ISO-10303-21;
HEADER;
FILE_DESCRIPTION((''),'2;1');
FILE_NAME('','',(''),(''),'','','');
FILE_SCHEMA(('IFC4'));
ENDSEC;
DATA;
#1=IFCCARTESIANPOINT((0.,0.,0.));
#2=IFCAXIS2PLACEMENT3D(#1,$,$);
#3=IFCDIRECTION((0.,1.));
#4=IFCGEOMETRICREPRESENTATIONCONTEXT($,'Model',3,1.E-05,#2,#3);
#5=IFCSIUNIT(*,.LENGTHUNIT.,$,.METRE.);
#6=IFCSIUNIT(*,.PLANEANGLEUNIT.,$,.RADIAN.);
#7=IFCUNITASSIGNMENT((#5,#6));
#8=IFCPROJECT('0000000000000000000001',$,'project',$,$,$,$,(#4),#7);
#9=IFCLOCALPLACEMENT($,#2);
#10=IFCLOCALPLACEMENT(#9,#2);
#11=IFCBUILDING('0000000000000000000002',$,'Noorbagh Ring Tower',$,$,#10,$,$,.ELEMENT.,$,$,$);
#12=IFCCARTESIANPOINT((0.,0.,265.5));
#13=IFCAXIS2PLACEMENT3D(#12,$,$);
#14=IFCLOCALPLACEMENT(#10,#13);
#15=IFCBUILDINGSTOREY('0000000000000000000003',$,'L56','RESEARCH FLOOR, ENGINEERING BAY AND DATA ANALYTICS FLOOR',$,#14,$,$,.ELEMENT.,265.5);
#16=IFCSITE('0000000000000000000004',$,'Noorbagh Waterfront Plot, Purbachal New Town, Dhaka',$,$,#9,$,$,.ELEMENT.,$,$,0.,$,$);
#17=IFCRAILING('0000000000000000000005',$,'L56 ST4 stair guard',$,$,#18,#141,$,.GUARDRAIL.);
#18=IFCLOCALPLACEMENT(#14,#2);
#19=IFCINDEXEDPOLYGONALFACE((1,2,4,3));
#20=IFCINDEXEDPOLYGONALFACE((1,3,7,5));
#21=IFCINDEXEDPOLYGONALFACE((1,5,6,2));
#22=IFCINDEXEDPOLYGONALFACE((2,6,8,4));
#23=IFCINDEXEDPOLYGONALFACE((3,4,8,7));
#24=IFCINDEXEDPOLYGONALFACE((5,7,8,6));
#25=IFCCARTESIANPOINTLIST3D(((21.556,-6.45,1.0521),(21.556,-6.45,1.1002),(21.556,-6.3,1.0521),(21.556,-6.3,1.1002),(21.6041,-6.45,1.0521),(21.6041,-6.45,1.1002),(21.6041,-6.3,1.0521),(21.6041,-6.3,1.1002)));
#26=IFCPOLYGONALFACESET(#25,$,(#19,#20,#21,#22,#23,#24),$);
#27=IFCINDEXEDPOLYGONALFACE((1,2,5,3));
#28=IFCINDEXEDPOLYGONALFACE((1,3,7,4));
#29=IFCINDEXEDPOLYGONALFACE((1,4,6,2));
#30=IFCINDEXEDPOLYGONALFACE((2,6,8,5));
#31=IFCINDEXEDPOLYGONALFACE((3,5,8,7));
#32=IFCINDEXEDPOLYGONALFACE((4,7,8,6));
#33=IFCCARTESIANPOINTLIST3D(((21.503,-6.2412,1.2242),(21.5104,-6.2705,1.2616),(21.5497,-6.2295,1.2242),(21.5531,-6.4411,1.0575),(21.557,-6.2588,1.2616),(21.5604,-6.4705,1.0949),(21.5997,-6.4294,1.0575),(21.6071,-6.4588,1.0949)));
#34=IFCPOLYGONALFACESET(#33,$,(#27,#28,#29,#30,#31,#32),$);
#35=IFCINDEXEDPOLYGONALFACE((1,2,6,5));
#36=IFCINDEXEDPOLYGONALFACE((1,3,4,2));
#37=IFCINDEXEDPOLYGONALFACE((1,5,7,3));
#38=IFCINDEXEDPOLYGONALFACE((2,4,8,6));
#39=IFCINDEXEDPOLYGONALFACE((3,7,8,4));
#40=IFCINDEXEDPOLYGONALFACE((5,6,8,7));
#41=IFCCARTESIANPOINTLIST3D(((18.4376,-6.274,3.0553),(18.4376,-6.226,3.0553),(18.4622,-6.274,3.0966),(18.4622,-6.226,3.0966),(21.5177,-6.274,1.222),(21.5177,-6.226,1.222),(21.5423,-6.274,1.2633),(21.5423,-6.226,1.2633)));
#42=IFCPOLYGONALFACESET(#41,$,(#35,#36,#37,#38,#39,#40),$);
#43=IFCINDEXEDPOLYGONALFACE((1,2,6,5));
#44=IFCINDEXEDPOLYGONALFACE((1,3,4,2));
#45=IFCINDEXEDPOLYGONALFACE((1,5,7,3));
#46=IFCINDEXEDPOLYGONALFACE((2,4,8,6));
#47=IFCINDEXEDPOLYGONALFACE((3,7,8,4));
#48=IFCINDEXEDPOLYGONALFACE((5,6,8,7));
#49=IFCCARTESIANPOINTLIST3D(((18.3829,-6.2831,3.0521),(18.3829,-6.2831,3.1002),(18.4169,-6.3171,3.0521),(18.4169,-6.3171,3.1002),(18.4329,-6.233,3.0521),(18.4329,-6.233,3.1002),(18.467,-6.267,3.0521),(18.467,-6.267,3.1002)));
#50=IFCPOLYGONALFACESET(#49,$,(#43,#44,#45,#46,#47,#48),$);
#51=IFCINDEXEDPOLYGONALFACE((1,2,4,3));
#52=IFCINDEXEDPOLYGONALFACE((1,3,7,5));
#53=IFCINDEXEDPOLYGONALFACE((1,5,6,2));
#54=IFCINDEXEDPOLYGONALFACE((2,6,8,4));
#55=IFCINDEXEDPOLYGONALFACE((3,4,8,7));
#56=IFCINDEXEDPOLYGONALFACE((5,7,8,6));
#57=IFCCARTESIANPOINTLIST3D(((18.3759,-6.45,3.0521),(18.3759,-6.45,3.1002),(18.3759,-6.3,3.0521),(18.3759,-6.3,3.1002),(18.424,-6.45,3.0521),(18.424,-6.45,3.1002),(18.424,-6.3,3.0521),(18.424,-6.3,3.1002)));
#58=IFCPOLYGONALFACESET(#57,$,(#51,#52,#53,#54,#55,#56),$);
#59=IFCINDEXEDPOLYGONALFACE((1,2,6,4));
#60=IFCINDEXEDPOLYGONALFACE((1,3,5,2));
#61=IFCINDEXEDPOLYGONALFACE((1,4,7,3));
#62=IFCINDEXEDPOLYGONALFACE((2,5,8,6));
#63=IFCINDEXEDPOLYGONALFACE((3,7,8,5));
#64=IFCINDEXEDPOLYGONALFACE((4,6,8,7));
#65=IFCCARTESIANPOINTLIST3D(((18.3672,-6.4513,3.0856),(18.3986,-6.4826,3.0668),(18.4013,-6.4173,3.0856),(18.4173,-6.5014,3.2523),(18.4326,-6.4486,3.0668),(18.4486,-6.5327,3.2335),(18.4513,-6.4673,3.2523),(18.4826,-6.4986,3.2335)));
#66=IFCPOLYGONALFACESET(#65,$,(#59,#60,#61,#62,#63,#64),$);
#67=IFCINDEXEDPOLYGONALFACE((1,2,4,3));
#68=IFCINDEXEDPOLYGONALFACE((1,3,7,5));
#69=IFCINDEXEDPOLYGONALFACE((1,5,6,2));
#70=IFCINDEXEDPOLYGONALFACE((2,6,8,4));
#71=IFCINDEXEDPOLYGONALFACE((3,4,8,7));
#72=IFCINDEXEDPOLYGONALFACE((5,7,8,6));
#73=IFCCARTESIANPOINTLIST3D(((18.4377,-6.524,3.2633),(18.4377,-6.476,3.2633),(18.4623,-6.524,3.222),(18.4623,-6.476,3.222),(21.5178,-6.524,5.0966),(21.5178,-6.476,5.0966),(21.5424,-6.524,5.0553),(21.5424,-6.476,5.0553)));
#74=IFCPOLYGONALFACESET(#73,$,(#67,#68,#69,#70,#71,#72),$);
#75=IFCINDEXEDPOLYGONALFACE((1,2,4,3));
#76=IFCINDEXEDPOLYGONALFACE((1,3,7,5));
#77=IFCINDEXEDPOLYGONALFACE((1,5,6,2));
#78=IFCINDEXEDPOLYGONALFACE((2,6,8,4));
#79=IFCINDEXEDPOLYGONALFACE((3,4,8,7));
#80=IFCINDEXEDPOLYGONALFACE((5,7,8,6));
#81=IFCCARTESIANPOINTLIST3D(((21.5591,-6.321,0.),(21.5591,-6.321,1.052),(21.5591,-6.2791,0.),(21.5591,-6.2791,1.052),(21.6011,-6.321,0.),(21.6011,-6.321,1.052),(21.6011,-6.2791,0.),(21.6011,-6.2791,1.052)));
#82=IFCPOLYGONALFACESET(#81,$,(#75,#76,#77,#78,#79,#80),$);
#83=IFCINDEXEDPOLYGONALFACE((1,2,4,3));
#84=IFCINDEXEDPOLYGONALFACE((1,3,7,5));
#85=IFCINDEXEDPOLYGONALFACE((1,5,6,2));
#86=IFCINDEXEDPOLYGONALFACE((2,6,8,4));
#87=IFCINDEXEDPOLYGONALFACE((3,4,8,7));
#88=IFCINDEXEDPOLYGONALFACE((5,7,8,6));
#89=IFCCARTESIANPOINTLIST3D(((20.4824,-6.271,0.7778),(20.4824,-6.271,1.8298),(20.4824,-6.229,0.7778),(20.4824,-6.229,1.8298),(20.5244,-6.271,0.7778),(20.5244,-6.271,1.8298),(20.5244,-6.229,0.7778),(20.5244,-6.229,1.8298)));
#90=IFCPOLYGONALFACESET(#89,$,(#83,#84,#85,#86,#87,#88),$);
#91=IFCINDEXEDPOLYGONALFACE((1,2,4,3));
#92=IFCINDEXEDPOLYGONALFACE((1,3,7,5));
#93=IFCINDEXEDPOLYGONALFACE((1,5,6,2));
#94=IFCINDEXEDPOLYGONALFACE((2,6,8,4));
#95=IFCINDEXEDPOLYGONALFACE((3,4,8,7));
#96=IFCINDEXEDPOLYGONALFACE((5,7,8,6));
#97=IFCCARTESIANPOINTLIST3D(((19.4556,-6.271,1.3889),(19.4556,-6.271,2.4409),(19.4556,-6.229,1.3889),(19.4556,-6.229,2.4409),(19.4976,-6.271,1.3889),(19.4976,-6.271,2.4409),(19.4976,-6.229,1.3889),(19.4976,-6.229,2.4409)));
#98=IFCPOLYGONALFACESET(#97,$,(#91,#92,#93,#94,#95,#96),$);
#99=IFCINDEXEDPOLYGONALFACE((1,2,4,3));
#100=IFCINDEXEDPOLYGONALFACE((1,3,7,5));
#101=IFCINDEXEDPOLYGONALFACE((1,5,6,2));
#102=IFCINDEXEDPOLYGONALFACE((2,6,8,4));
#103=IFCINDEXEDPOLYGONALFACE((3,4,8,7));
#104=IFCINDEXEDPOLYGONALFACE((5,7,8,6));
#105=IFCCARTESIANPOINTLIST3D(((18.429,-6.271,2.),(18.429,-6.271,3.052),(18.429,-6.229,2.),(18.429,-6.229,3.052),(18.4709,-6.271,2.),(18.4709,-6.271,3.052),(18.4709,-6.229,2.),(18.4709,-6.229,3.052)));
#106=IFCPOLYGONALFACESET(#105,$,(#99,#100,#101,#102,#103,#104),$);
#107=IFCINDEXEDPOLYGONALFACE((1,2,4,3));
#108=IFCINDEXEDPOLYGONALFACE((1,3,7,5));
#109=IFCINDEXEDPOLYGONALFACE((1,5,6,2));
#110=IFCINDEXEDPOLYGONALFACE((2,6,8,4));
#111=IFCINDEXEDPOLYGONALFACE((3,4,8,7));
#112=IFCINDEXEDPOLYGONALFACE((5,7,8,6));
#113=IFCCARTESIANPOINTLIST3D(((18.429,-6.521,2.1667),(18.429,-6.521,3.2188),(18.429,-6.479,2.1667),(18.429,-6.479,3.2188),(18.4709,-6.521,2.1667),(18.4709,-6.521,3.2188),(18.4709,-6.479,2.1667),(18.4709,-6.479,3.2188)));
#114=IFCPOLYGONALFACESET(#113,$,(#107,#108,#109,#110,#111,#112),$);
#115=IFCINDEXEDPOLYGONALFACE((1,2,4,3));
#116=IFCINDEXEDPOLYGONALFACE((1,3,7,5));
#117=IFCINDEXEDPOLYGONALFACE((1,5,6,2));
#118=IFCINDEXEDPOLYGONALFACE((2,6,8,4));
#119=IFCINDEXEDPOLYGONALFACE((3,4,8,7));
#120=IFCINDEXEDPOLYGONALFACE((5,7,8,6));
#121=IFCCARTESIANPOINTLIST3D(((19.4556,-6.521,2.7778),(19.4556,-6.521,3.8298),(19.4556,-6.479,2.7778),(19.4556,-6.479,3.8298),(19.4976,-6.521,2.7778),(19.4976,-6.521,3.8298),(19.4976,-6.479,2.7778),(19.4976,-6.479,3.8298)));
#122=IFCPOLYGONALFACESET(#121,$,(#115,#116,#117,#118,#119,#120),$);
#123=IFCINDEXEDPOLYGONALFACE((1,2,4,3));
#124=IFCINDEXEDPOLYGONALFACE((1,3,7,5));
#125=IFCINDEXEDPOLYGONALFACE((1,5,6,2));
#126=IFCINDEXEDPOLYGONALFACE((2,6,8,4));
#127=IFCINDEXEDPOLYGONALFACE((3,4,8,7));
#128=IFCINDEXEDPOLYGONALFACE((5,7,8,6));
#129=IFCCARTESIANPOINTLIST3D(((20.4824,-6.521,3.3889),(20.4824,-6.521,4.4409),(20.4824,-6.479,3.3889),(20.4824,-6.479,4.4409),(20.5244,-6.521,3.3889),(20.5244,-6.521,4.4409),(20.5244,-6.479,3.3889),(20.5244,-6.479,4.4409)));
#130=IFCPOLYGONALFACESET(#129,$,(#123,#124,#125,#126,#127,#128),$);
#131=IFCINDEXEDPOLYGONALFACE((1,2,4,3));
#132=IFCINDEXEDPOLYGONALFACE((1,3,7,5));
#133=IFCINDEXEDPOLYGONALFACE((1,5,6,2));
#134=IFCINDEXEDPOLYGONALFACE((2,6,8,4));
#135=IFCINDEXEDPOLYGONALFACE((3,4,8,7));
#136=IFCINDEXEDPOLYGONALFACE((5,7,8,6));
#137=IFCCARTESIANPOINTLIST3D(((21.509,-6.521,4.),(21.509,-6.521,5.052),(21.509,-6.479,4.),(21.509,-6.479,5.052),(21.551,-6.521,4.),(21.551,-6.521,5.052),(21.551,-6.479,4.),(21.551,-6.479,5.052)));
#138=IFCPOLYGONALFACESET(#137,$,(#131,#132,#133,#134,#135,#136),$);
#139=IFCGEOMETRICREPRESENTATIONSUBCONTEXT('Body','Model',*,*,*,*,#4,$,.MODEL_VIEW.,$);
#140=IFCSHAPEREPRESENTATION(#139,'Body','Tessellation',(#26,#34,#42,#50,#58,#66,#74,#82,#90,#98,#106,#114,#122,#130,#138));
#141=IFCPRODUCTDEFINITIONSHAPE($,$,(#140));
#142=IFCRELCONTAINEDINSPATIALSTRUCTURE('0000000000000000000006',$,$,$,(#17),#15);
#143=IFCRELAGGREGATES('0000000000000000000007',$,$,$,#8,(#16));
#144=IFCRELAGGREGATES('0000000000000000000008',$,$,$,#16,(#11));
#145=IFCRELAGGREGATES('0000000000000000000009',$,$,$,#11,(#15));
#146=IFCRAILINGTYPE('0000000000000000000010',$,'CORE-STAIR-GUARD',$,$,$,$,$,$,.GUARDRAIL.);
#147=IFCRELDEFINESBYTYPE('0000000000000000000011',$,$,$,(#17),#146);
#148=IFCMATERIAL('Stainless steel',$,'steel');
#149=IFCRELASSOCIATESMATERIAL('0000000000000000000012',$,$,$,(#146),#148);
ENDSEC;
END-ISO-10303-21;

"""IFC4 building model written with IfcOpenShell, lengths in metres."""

from ifc_helpers import new_model, si_unit, direction, frame, origin, origin_2d, place, context, subcontext, project, spatial, rectangle, extrude, material, type_object, element, save


model = new_model("IFC4")

# Units and contexts
model_context = context("Model", 3, precision=1e-05, world=origin(), true_north=direction((0.0, 1.0)))
body_context = subcontext(model_context, "Body", "Model", "MODEL_VIEW")
ifc_project = project(units=[si_unit("LENGTHUNIT", "METRE"), si_unit("PLANEANGLEUNIT", "RADIAN")], contexts=[model_context])

# Site, building, storey
site_placement = place(None, origin())
site = spatial("IfcSite", under=ifc_project, at=site_placement, Name="Noorbagh Waterfront Plot, Purbachal New Town, Dhaka", CompositionType="ELEMENT", RefElevation=0.0)
building_placement = place(site_placement, origin())
building = spatial("IfcBuilding", under=site, at=building_placement, Name="Noorbagh Ring Tower", CompositionType="ELEMENT")
storey_placement = place(building_placement, frame((0.0, 0.0, 265.5)))
storey = spatial("IfcBuildingStorey", under=building, at=storey_placement, Name="L56", Description="RESEARCH FLOOR, ENGINEERING BAY AND DATA ANALYTICS FLOOR", CompositionType="ELEMENT", Elevation=265.5)

# Railing
ifc_material_1 = material(Name="Stainless steel", Category="steel")
railing_type_1 = type_object("IfcRailingType", Name="CORE-STAIR-GUARD", PredefinedType="GUARDRAIL", material=ifc_material_1)
railing_1_placement = place(storey_placement, frame((21.5801, -6.3, 0.0)))
element("IfcRailing", 1, at=railing_1_placement, inside=storey, type_object=railing_type_1, Name="L56 ST4 stair guard", PredefinedType="GUARDRAIL", context=body_context, shape_type="SweptSolid", body=[
    extrude(rectangle(XDim=0.0481, YDim=0.0481, at=origin_2d()), frame((0.0, 0.0, 1.0762), z_axis=(0.0, -1.0, 0.0), x_axis=(1.0, 0.0, 0.0)), (0.0, 0.0, 1.0), 0.1499),
    extrude(rectangle(XDim=0.0481, YDim=0.0481, at=origin_2d()), frame((0.0, -0.1499, 1.0762), z_axis=(-0.188776, 0.754182, 0.628946), x_axis=(-0.970073, -0.242814, 0.0)), (0.0, 0.0, 1.0), 0.2651),
    extrude(rectangle(XDim=0.0481, YDim=0.0481, at=origin_2d()), frame((-0.05, 0.05, 1.2427), z_axis=(-0.859309, 0.0, 0.511458), x_axis=(0.0, -1.0, 0.0)), (0.0, 0.0, 1.0), 3.5845),
    extrude(rectangle(XDim=0.0481, YDim=0.0481, at=origin_2d()), frame((-3.1301, 0.05, 3.0762), z_axis=(-0.707107, -0.707107, 0.0), x_axis=(0.707107, -0.707107, 0.0)), (0.0, 0.0, 1.0), 0.0708),
    extrude(rectangle(XDim=0.0481, YDim=0.0481, at=origin_2d()), frame((-3.1802, 0.0, 3.0762), z_axis=(0.0, -1.0, 0.0), x_axis=(1.0, 0.0, 0.0)), (0.0, 0.0, 1.0), 0.1499),
    extrude(rectangle(XDim=0.0481, YDim=0.0481, at=origin_2d()), frame((-3.1802, -0.1499, 3.0762), z_axis=(0.276287, -0.276287, 0.920506), x_axis=(0.707107, 0.707107, 0.0)), (0.0, 0.0, 1.0), 0.1812),
    extrude(rectangle(XDim=0.0481, YDim=0.0481, at=origin_2d()), frame((-3.1301, -0.2, 3.2427), z_axis=(0.859309, 0.0, 0.511458), x_axis=(0.0, 1.0, 0.0)), (0.0, 0.0, 1.0), 3.5845),
    extrude(rectangle(XDim=0.042, YDim=0.042, at=origin_2d()), origin(), (0.0, 0.0, 1.0), 1.052),
    extrude(rectangle(XDim=0.042, YDim=0.042, at=origin_2d()), frame((-1.0767, 0.05, 0.7778)), (0.0, 0.0, 1.0), 1.052),
    extrude(rectangle(XDim=0.042, YDim=0.042, at=origin_2d()), frame((-2.1035, 0.05, 1.3889)), (0.0, 0.0, 1.0), 1.052),
    extrude(rectangle(XDim=0.042, YDim=0.042, at=origin_2d()), frame((-3.1301, 0.05, 2.0)), (0.0, 0.0, 1.0), 1.052),
    extrude(rectangle(XDim=0.042, YDim=0.042, at=origin_2d()), frame((-3.1301, -0.2, 2.1667)), (0.0, 0.0, 1.0), 1.052),
    extrude(rectangle(XDim=0.042, YDim=0.042, at=origin_2d()), frame((-2.1035, -0.2, 2.7778)), (0.0, 0.0, 1.0), 1.052),
    extrude(rectangle(XDim=0.042, YDim=0.042, at=origin_2d()), frame((-1.0767, -0.2, 3.3889)), (0.0, 0.0, 1.0), 1.052),
    extrude(rectangle(XDim=0.042, YDim=0.042, at=origin_2d()), frame((-0.05, -0.2, 4.0)), (0.0, 0.0, 1.0), 1.052),
])

save(model, "model.ifc")
